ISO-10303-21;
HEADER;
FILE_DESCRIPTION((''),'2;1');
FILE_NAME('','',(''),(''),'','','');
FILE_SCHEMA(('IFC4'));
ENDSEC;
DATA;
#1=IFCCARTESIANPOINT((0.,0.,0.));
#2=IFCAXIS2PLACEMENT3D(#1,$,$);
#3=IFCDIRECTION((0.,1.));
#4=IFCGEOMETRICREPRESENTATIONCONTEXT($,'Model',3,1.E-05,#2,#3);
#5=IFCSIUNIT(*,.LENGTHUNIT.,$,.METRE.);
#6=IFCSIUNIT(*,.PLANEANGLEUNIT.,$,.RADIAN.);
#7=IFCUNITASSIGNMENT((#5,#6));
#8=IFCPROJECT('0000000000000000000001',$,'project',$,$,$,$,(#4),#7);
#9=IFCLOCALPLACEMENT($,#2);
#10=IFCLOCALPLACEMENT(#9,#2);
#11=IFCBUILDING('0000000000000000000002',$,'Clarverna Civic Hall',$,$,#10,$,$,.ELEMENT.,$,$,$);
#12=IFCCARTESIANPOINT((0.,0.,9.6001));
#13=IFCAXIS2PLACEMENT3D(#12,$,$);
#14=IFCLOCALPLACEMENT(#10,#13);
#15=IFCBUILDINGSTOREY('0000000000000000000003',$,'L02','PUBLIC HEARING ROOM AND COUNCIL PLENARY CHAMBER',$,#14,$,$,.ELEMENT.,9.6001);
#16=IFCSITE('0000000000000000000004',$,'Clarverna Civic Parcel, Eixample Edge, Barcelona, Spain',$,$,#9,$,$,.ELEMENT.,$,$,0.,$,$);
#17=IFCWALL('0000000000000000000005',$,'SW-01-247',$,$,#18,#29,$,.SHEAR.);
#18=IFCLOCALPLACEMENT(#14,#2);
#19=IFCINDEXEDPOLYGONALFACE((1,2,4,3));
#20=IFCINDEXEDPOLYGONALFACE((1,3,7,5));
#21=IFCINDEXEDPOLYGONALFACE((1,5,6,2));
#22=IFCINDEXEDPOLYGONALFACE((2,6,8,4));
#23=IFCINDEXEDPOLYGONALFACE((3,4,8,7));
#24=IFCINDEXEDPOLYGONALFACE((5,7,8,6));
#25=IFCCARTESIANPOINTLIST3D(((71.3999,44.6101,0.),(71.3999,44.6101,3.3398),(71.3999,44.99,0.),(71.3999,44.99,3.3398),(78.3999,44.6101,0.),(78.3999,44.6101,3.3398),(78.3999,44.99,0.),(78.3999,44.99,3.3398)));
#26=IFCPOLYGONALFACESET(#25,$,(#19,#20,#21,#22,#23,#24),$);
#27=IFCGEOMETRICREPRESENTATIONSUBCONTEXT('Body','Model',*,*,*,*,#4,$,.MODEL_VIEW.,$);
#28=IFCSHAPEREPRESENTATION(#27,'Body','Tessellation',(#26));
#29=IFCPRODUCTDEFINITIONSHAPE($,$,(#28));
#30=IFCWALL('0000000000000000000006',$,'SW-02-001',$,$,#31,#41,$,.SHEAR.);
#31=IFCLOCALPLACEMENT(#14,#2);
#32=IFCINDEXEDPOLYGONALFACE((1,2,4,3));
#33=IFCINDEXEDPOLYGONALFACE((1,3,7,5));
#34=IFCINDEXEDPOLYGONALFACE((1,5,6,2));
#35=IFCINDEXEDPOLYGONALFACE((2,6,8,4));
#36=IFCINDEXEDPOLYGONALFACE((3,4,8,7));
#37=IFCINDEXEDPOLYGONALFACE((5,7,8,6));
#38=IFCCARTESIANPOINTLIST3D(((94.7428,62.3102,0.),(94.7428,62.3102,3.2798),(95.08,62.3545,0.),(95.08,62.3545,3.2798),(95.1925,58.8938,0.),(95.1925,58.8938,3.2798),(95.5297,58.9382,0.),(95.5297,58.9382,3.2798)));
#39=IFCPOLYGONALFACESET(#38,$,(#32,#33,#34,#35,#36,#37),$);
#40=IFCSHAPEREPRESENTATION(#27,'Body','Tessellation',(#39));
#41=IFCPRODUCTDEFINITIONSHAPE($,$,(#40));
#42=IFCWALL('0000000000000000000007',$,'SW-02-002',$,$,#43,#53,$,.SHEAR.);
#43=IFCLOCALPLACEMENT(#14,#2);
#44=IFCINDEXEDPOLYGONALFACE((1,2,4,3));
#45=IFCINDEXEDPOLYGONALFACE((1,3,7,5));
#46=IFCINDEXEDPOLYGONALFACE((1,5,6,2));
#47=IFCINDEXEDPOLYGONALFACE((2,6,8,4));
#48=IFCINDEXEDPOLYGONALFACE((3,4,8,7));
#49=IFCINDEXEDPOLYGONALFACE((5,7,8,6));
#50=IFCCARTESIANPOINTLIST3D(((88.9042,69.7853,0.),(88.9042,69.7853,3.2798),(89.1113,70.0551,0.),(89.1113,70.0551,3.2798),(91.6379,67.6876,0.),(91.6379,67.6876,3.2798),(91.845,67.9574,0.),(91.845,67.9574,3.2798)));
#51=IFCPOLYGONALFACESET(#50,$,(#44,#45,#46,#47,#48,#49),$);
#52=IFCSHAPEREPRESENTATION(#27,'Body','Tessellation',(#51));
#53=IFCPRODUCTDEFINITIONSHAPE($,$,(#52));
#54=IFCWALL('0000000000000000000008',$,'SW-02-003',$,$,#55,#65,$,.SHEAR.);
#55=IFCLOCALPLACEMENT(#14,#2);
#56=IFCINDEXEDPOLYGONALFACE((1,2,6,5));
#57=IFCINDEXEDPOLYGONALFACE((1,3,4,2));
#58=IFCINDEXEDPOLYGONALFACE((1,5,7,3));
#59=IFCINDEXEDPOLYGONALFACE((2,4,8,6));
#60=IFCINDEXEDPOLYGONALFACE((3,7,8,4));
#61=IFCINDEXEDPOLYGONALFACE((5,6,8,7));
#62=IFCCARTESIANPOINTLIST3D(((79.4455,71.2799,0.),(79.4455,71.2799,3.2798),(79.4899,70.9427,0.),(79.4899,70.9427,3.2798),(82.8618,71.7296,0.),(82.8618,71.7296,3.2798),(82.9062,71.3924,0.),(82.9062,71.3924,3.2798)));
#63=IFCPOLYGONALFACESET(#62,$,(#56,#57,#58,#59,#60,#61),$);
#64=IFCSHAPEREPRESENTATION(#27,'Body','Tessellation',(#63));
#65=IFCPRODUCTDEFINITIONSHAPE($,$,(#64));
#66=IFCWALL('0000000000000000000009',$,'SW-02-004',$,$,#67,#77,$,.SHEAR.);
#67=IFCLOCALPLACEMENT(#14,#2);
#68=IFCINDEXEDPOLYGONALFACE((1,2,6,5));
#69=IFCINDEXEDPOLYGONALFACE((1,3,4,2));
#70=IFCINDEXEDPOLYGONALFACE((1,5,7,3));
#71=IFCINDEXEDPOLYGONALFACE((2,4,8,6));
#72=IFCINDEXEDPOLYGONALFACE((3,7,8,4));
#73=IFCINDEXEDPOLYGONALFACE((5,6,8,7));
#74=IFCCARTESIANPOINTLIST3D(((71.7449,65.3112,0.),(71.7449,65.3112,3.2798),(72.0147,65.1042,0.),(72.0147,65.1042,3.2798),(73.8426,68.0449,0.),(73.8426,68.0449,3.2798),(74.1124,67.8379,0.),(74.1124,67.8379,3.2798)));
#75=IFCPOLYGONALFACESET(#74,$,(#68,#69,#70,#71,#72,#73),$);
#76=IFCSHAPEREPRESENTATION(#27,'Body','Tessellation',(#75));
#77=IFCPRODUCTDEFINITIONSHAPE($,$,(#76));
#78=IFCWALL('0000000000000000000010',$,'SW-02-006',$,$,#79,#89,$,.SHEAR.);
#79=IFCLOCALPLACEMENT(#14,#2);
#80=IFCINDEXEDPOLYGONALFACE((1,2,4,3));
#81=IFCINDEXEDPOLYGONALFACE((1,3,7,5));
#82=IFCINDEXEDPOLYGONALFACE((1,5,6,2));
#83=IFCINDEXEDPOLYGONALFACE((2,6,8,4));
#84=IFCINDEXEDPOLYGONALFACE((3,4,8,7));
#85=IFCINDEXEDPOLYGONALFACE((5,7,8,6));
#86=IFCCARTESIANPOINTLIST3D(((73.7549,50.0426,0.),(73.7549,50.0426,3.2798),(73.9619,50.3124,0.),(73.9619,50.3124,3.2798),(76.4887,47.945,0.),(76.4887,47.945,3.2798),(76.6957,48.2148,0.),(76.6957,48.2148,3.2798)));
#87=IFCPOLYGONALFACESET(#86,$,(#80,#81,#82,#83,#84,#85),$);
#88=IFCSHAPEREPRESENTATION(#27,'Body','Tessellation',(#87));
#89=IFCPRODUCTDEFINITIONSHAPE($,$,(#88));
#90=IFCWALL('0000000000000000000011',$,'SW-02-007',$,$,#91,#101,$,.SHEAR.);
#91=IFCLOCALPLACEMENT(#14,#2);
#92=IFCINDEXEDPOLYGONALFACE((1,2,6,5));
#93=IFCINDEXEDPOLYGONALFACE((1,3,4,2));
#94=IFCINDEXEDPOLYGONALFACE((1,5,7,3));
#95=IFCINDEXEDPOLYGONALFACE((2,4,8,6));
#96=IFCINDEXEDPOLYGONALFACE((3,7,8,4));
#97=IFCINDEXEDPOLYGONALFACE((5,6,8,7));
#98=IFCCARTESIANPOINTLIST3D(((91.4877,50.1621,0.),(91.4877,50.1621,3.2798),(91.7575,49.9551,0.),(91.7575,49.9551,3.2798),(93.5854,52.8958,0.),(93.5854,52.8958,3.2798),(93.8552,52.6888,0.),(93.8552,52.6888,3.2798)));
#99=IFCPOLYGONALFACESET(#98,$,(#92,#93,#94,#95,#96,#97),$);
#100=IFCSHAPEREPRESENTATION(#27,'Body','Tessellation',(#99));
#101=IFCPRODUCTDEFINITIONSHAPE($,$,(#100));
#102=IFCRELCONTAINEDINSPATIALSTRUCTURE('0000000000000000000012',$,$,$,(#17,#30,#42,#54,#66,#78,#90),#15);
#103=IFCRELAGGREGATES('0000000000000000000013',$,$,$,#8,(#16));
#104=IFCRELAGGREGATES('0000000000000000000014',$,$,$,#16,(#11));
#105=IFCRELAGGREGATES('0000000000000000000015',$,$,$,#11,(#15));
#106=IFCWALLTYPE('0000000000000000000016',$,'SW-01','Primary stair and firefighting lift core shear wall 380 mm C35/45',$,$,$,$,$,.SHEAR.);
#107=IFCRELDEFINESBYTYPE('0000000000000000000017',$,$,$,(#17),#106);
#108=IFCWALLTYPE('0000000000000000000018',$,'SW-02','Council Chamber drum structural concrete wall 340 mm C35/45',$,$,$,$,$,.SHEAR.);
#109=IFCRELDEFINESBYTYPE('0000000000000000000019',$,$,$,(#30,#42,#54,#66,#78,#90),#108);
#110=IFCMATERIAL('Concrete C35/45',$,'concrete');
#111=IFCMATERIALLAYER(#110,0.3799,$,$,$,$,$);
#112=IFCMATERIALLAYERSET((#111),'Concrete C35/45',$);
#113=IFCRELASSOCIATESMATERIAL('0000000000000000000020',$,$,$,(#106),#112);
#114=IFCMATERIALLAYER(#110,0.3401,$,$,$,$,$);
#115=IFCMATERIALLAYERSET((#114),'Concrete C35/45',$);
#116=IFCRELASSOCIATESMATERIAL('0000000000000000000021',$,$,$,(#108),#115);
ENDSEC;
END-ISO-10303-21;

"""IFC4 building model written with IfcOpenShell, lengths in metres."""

from ifc_helpers import new_model, si_unit, direction, frame, frame_2d, origin, place, context, subcontext, project, spatial, rectangle, extrude, material, layer, layer_set, type_object, element, save


model = new_model("IFC4")

# Units and contexts
model_context = context("Model", 3, precision=1e-05, world=origin(), true_north=direction((0.0, 1.0)))
body_context = subcontext(model_context, "Body", "Model", "MODEL_VIEW")
ifc_project = project(units=[si_unit("LENGTHUNIT", "METRE"), si_unit("PLANEANGLEUNIT", "RADIAN")], contexts=[model_context])

# Site, building, storey
site_placement = place(None, origin())
site = spatial("IfcSite", under=ifc_project, at=site_placement, Name="Clarverna Civic Parcel, Eixample Edge, Barcelona, Spain", CompositionType="ELEMENT", RefElevation=0.0)
building_placement = place(site_placement, origin())
building = spatial("IfcBuilding", under=site, at=building_placement, Name="Clarverna Civic Hall", CompositionType="ELEMENT")
storey_placement = place(building_placement, frame((0.0, 0.0, 9.6001)))
storey = spatial("IfcBuildingStorey", under=building, at=storey_placement, Name="L02", Description="PUBLIC HEARING ROOM AND COUNCIL PLENARY CHAMBER", CompositionType="ELEMENT", Elevation=9.6001)

# Shared definitions
ifc_material_1 = material(Name="Concrete C35/45", Category="concrete")

# Walls
ifc_layer_1 = layer(ifc_material_1, 0.3799)
ifc_layer_set_1 = layer_set([ifc_layer_1], Name="Concrete C35/45")
wall_type_1 = type_object("IfcWallType", Name="SW-01", Description="Primary stair and firefighting lift core shear wall 380 mm C35/45", PredefinedType="SHEAR", material=ifc_layer_set_1)
wall_placement = place(storey_placement, frame((71.3999, 44.8, 0.0), z_axis=(0.0, 0.0, 1.0), x_axis=(1.0, 0.0, 0.0)))
element("IfcWall", 1, at=wall_placement, inside=storey, type_object=wall_type_1, Name="SW-01-247", PredefinedType="SHEAR", context=body_context, shape_type="SweptSolid", body=[
    extrude(rectangle(XDim=7.0, YDim=0.3799, at=frame_2d((3.5, 0.0))), origin(), (0.0, 0.0, 1.0), 3.3398),
])
ifc_layer_2 = layer(ifc_material_1, 0.3401)
ifc_layer_set_2 = layer_set([ifc_layer_2], Name="Concrete C35/45")
wall_type_2 = type_object("IfcWallType", Name="SW-02", Description="Council Chamber drum structural concrete wall 340 mm C35/45", PredefinedType="SHEAR", material=ifc_layer_set_2)
for number, where, z_axis, x_axis, name in (
    (2, (95.3611, 58.916, 0.0), (0.0, 0.0, 1.0), (-0.130511, 0.991447, 0.0), "SW-02-001"),
    (3, (91.7415, 67.8225, 0.0), (0.0, 0.0, 1.0), (-0.793345, 0.608772, 0.0), "SW-02-002"),
    (4, (82.884, 71.561, 0.0), (0.0, 0.0, 1.0), (-0.991447, -0.130511, 0.0), "SW-02-003"),
    (5, (73.9775, 67.9414, 0.0), (0.0, 0.0, 1.0), (-0.608772, -0.793345, 0.0), "SW-02-004"),
    (6, (73.8584, 50.1775, 0.0), (0.0, 0.0, 1.0), (0.793371, -0.608738, 0.0), "SW-02-006"),
    (7, (91.6226, 50.0586, 0.0), (0.0, 0.0, 1.0), (0.608772, 0.793345, 0.0), "SW-02-007"),
):
    element("IfcWall", number, at=place(storey_placement, frame(where, z_axis=z_axis, x_axis=x_axis)), inside=storey, type_object=wall_type_2, Name=name, PredefinedType="SHEAR", context=body_context, shape_type="SweptSolid", body=[
        extrude(rectangle(XDim=3.4458, YDim=0.3401, at=frame_2d((1.7229, 0.0))), origin(), (0.0, 0.0, 1.0), 3.2798),
    ])

save(model, "model.ifc")
